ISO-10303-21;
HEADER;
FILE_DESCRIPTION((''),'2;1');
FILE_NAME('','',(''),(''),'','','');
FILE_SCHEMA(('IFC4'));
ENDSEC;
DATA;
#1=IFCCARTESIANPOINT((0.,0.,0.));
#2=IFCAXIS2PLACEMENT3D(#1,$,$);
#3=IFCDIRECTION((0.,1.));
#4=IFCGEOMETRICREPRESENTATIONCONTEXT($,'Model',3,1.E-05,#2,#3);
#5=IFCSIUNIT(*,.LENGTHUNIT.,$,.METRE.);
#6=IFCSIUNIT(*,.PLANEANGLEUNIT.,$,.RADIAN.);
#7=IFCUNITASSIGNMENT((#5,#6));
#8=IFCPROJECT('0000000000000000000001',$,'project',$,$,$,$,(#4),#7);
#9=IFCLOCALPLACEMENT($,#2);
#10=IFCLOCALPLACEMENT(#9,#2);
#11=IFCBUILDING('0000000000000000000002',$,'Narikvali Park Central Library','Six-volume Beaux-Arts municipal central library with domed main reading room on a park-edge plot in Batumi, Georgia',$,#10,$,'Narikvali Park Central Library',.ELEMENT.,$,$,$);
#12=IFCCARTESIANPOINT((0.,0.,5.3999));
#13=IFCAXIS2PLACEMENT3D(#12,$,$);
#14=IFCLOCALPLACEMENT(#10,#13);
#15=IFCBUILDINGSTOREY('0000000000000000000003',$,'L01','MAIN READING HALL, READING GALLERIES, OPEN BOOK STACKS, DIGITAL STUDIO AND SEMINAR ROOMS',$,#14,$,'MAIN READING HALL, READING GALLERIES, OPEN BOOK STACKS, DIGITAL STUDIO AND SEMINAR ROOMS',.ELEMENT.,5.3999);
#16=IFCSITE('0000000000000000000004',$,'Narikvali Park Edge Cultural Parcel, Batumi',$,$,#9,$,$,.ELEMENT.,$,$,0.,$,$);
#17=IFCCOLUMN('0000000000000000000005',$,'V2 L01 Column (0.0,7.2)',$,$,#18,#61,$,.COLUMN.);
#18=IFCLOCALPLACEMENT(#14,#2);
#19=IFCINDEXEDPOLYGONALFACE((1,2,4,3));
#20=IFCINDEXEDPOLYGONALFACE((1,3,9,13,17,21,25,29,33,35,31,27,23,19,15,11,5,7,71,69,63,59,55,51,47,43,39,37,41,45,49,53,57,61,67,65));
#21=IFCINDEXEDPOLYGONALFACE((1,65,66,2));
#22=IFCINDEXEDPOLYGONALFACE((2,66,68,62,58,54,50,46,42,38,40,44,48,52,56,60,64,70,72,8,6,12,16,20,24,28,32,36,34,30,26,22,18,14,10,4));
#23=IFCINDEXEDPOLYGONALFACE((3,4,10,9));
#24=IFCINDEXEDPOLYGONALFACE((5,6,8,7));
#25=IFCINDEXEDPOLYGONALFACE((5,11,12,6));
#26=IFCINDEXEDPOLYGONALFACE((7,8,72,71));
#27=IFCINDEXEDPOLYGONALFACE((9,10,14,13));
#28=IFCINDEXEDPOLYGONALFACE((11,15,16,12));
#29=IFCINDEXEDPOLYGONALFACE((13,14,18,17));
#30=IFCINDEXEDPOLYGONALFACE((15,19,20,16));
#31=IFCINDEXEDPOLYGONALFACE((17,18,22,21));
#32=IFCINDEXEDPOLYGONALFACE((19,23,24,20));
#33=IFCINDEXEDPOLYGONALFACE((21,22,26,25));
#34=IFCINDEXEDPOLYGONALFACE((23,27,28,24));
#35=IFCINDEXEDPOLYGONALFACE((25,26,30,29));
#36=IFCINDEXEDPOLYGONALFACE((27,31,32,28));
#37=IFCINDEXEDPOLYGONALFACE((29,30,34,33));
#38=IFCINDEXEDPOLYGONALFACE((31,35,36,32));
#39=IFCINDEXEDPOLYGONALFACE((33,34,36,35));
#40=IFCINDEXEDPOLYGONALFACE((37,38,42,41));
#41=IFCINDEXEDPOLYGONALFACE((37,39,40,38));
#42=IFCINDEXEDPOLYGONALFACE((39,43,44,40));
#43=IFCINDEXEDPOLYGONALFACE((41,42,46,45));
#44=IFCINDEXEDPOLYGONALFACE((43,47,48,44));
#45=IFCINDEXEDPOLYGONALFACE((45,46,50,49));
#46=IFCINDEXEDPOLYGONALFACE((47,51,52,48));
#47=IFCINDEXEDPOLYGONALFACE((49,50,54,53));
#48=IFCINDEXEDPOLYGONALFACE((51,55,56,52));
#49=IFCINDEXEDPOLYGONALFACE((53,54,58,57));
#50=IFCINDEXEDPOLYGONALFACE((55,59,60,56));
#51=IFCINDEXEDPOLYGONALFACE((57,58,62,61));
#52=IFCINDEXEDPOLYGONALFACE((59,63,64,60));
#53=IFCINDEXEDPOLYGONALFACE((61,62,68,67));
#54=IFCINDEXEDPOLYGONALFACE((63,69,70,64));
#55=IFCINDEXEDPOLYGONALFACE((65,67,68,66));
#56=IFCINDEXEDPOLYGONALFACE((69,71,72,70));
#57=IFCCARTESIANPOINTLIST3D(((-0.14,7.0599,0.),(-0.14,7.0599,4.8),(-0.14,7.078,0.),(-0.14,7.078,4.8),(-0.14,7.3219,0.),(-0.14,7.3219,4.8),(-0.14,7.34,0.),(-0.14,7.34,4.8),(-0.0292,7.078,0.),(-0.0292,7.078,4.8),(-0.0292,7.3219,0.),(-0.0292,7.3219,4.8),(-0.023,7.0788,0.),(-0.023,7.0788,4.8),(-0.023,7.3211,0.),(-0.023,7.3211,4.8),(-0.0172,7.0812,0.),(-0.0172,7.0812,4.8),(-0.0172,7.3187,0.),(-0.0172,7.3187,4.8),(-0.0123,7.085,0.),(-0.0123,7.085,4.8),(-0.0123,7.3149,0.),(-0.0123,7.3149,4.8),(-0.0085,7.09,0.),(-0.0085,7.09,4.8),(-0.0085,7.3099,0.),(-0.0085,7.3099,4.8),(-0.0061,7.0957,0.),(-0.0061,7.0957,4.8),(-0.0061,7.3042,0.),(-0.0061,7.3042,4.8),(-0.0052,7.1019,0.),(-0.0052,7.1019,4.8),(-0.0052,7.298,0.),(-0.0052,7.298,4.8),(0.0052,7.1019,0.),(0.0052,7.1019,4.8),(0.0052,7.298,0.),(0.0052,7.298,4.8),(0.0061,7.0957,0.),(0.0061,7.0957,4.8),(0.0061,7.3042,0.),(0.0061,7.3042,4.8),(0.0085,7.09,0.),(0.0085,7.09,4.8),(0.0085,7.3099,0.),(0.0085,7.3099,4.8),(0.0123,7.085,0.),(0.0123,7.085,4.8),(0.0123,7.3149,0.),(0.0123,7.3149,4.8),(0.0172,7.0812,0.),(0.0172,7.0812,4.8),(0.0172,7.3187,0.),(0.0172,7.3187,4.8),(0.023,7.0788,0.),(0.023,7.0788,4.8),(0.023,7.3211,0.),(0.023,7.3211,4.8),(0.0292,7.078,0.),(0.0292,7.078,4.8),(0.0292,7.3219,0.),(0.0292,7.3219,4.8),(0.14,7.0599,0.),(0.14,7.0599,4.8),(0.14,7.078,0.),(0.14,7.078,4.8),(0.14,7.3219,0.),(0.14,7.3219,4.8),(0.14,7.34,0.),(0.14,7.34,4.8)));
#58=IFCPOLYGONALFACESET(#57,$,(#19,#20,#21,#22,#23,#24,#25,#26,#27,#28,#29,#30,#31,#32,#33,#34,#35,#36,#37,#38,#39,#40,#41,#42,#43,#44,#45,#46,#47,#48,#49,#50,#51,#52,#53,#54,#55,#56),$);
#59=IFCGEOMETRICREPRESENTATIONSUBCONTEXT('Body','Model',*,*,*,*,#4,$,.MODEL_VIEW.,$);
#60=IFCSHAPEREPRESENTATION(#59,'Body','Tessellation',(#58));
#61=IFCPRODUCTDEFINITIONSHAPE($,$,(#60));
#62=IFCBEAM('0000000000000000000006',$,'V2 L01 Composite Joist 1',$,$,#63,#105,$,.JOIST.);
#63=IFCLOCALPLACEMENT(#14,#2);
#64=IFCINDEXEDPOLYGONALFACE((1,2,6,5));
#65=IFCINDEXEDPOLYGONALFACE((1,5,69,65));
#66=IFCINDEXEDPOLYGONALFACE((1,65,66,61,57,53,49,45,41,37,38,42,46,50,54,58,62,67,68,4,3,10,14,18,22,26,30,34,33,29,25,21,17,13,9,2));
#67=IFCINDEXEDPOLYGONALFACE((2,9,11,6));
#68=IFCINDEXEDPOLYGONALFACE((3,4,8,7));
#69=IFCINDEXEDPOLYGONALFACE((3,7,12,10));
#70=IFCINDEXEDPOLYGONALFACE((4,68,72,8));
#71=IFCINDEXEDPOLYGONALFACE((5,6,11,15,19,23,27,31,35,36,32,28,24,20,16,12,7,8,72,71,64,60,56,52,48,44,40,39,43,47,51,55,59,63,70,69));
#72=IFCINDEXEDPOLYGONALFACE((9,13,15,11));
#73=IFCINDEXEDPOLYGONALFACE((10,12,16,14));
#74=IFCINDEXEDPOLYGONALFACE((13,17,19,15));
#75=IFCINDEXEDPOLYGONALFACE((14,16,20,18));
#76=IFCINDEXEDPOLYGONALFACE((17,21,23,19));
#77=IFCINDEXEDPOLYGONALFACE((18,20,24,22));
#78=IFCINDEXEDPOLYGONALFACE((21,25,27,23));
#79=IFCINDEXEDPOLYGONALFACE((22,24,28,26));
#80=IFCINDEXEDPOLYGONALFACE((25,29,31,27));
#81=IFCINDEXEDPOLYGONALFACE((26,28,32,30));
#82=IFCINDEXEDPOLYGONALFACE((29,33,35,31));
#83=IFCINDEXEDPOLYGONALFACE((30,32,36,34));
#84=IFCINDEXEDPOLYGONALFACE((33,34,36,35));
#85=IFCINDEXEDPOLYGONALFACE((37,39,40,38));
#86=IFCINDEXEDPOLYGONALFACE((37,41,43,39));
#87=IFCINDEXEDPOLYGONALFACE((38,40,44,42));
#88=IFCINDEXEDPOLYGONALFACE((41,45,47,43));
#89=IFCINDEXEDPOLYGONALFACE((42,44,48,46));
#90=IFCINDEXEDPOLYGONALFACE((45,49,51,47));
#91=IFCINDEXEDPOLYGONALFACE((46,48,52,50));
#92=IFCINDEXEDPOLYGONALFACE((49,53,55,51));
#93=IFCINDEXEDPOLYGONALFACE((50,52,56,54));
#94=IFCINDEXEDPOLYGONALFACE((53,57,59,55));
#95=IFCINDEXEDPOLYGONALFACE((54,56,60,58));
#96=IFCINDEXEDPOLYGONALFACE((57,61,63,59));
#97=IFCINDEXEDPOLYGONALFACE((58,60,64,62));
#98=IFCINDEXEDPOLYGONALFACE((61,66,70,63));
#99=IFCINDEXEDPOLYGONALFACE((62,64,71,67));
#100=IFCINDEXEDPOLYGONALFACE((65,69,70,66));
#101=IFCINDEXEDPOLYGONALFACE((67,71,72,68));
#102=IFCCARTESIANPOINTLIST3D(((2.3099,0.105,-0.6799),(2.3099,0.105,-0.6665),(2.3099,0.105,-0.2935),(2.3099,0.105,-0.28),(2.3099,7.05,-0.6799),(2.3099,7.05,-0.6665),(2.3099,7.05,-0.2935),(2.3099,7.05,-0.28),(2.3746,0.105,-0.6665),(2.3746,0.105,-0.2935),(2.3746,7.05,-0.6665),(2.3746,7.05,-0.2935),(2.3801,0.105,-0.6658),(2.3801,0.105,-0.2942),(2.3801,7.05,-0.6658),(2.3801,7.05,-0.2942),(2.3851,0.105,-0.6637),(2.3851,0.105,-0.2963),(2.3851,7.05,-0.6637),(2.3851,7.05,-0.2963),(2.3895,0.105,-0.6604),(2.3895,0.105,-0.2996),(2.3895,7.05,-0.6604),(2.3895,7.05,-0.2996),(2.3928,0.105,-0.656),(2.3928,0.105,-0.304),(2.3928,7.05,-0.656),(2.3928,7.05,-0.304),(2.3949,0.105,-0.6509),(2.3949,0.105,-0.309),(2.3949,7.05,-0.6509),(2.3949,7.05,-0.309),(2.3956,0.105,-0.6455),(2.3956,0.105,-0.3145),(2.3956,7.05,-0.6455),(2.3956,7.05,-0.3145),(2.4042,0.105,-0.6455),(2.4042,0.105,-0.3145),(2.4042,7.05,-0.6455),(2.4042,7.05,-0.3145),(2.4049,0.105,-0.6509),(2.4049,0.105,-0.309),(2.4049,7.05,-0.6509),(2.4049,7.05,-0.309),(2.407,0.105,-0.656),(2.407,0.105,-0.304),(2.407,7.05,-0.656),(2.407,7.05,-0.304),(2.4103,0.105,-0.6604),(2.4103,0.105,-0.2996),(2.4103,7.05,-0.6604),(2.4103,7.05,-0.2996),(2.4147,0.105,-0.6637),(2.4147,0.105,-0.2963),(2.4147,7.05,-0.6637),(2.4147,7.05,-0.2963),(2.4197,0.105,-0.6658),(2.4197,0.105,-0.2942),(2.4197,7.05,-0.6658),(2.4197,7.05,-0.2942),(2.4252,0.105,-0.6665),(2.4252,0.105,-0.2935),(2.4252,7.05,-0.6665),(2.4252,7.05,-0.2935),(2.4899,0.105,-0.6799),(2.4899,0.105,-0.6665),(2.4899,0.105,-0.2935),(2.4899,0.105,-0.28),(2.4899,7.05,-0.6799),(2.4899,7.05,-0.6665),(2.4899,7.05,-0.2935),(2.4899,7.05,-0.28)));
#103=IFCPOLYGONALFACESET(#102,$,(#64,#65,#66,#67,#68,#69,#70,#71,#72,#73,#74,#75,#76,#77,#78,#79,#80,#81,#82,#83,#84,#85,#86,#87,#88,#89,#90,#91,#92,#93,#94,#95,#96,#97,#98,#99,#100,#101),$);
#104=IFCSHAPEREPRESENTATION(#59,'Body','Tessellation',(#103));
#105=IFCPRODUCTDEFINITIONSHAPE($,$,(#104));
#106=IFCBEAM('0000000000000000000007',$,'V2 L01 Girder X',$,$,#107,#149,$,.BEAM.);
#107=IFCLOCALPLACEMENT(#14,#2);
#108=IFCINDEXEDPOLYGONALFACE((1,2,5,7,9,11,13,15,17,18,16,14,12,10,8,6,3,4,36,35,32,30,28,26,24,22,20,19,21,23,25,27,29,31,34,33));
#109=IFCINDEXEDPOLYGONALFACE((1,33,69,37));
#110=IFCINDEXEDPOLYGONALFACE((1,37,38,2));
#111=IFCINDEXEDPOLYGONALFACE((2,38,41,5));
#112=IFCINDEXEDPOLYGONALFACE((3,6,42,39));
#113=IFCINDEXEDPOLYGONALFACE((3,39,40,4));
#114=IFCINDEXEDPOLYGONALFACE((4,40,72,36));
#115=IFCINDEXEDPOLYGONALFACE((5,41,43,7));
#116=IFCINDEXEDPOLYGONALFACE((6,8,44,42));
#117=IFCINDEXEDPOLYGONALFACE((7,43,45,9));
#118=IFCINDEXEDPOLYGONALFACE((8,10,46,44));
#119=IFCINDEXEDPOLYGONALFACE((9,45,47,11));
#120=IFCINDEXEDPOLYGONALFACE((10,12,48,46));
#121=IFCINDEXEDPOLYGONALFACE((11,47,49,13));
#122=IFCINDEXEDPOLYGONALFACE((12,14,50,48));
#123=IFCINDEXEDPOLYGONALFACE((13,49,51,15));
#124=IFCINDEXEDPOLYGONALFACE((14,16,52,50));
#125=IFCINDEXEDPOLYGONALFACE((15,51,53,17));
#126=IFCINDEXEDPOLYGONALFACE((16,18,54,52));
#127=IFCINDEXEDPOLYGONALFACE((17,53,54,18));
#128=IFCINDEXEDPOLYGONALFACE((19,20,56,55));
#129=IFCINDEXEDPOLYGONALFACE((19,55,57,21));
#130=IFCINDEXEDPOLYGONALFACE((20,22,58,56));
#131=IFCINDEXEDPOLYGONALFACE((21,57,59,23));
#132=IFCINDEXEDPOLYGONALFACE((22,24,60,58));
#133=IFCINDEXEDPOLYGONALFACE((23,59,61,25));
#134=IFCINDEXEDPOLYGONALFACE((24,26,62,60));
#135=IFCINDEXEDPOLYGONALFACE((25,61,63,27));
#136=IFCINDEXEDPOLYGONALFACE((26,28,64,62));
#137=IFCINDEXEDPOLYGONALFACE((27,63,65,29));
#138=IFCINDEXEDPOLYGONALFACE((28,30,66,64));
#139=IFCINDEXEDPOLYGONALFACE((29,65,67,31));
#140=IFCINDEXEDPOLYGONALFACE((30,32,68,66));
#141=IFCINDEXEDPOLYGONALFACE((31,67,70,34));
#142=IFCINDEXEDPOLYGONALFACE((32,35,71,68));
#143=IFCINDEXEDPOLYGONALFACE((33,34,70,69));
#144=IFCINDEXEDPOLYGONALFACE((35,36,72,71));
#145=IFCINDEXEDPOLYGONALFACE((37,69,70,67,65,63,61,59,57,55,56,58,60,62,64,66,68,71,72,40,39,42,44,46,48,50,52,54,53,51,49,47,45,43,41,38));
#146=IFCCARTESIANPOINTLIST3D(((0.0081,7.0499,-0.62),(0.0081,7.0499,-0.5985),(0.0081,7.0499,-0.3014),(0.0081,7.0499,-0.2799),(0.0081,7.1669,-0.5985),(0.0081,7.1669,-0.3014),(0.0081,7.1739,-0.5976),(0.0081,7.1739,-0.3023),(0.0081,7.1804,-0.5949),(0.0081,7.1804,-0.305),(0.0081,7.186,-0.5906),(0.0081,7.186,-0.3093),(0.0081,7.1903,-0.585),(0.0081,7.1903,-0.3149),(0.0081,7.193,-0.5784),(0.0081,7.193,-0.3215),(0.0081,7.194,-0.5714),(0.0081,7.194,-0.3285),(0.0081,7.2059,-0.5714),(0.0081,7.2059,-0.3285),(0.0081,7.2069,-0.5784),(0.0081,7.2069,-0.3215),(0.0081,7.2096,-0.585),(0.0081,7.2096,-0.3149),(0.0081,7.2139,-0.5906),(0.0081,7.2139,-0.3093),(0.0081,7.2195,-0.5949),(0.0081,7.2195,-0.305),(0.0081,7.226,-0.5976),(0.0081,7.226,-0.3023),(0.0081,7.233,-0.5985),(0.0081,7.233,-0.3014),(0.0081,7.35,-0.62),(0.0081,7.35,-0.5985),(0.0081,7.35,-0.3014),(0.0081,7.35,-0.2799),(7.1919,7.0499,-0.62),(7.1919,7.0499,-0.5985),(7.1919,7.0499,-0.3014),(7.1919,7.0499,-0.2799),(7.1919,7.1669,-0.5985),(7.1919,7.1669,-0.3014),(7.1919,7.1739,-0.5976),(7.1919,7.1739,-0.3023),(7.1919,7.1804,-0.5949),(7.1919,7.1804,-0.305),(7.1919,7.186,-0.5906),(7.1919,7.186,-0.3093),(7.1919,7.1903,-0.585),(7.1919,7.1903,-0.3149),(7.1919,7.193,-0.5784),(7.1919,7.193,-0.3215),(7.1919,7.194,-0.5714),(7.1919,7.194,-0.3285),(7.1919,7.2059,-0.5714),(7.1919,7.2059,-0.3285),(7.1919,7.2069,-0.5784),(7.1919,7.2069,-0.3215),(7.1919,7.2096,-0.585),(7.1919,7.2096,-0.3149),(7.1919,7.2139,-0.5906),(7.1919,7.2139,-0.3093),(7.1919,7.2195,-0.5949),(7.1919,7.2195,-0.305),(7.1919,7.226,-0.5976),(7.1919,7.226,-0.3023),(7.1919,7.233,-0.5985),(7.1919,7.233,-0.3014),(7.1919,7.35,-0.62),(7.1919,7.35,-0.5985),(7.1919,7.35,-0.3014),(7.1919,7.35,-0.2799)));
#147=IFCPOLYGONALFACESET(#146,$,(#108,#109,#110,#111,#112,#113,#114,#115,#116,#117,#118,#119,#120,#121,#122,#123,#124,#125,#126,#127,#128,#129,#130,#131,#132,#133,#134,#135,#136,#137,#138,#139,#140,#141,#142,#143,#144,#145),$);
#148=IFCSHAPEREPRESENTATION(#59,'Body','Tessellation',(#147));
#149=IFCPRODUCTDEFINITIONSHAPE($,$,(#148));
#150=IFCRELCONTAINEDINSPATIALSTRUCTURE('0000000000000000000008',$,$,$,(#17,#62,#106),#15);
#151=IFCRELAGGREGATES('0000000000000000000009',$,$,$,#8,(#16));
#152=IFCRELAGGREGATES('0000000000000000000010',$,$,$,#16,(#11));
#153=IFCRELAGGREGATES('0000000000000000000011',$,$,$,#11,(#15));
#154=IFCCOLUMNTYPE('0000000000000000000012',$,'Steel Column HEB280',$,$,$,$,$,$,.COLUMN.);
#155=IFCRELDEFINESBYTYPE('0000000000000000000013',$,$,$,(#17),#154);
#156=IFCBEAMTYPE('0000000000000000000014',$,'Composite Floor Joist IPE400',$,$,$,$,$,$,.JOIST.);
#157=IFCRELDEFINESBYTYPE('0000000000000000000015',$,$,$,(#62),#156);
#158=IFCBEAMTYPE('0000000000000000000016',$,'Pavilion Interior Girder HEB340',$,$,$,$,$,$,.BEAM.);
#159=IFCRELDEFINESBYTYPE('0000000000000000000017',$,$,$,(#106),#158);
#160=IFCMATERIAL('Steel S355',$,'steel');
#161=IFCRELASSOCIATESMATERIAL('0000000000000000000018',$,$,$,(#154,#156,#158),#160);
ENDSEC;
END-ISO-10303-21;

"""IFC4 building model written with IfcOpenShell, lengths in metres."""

from ifc_helpers import new_model, si_unit, direction, frame, origin, origin_2d, place, context, subcontext, project, spatial, i_section, extrude, material, material_profile, profile_set, type_object, element, save


model = new_model("IFC4")

# Units and contexts
model_context = context("Model", 3, precision=1e-05, world=origin(), true_north=direction((0.0, 1.0)))
body_context = subcontext(model_context, "Body", "Model", "MODEL_VIEW")
ifc_project = project(units=[si_unit("LENGTHUNIT", "METRE"), si_unit("PLANEANGLEUNIT", "RADIAN")], contexts=[model_context])

# Site, building, storey
site_placement = place(None, origin())
site = spatial("IfcSite", under=ifc_project, at=site_placement, Name="Narikvali Park Edge Cultural Parcel, Batumi", CompositionType="ELEMENT", RefElevation=0.0)
building_placement = place(site_placement, origin())
building = spatial("IfcBuilding", under=site, at=building_placement, Name="Narikvali Park Central Library", Description="Six-volume Beaux-Arts municipal central library with domed main reading room on a park-edge plot in Batumi, Georgia", LongName="Narikvali Park Central Library", CompositionType="ELEMENT")
storey_placement = place(building_placement, frame((0.0, 0.0, 5.3999)))
storey = spatial("IfcBuildingStorey", under=building, at=storey_placement, Name="L01", Description="MAIN READING HALL, READING GALLERIES, OPEN BOOK STACKS, DIGITAL STUDIO AND SEMINAR ROOMS", LongName="MAIN READING HALL, READING GALLERIES, OPEN BOOK STACKS, DIGITAL STUDIO AND SEMINAR ROOMS", CompositionType="ELEMENT", Elevation=5.3999)

# Column
ifc_material_1 = material(Name="Steel S355", Category="steel")
ifc_material_profile_1 = material_profile(ifc_material_1, i_section(OverallWidth=0.28, OverallDepth=0.28, WebThickness=0.0105, FlangeThickness=0.0181, FilletRadius=0.0239, at=origin_2d()), Name="HEB 280")
ifc_profile_set_1 = profile_set([ifc_material_profile_1], Name="Steel S355")
column_type = type_object("IfcColumnType", Name="Steel Column HEB280", PredefinedType="COLUMN", material=ifc_profile_set_1)
column_placement = place(storey_placement, frame((0.0, 7.2, 0.0), z_axis=(0.0, 0.0, 1.0), x_axis=(1.0, 0.0, 0.0)))
element("IfcColumn", 1, at=column_placement, inside=storey, type_object=column_type, Name="V2 L01 Column (0.0,7.2)", PredefinedType="COLUMN", context=body_context, shape_type="SweptSolid", body=[
    extrude(i_section(OverallWidth=0.28, OverallDepth=0.28, WebThickness=0.0105, FlangeThickness=0.0181, FilletRadius=0.0239, at=origin_2d()), origin(), (0.0, 0.0, 1.0), 4.8),
])

# Beams
ifc_material_profile_2 = material_profile(ifc_material_1, i_section(OverallWidth=0.1799, OverallDepth=0.3999, WebThickness=0.0085, FlangeThickness=0.0134, FilletRadius=0.021, at=origin_2d()), Name="IPE 400")
ifc_profile_set_2 = profile_set([ifc_material_profile_2], Name="Steel S355")
beam_type_1 = type_object("IfcBeamType", Name="Composite Floor Joist IPE400", PredefinedType="JOIST", material=ifc_profile_set_2)
beam_1_placement = place(storey_placement, frame((2.3999, 0.105, -0.48), z_axis=(0.0, 1.0, 0.0), x_axis=(-1.0, 0.0, 0.0)))
element("IfcBeam", 2, at=beam_1_placement, inside=storey, type_object=beam_type_1, Name="V2 L01 Composite Joist 1", PredefinedType="JOIST", context=body_context, shape_type="SweptSolid", body=[
    extrude(i_section(OverallWidth=0.1799, OverallDepth=0.3999, WebThickness=0.0085, FlangeThickness=0.0134, FilletRadius=0.021, at=origin_2d()), origin(), (0.0, 0.0, 1.0), 6.9451),
])
ifc_material_profile_3 = material_profile(ifc_material_1, i_section(OverallWidth=0.3, OverallDepth=0.3401, WebThickness=0.012, FlangeThickness=0.0215, FilletRadius=0.0271, at=origin_2d()), Name="HEB 340")
ifc_profile_set_3 = profile_set([ifc_material_profile_3], Name="Steel S355")
beam_type_2 = type_object("IfcBeamType", Name="Pavilion Interior Girder HEB340", PredefinedType="BEAM", material=ifc_profile_set_3)
beam_2_placement = place(storey_placement, frame((0.0081, 7.2, -0.45), z_axis=(1.0, 0.0, 0.0), x_axis=(0.0, 1.0, 0.0)))
element("IfcBeam", 3, at=beam_2_placement, inside=storey, type_object=beam_type_2, Name="V2 L01 Girder X", PredefinedType="BEAM", context=body_context, shape_type="SweptSolid", body=[
    extrude(i_section(OverallWidth=0.3, OverallDepth=0.3401, WebThickness=0.012, FlangeThickness=0.0215, FilletRadius=0.0271, at=origin_2d()), origin(), (0.0, 0.0, 1.0), 7.1838),
])

save(model, "model.ifc")
